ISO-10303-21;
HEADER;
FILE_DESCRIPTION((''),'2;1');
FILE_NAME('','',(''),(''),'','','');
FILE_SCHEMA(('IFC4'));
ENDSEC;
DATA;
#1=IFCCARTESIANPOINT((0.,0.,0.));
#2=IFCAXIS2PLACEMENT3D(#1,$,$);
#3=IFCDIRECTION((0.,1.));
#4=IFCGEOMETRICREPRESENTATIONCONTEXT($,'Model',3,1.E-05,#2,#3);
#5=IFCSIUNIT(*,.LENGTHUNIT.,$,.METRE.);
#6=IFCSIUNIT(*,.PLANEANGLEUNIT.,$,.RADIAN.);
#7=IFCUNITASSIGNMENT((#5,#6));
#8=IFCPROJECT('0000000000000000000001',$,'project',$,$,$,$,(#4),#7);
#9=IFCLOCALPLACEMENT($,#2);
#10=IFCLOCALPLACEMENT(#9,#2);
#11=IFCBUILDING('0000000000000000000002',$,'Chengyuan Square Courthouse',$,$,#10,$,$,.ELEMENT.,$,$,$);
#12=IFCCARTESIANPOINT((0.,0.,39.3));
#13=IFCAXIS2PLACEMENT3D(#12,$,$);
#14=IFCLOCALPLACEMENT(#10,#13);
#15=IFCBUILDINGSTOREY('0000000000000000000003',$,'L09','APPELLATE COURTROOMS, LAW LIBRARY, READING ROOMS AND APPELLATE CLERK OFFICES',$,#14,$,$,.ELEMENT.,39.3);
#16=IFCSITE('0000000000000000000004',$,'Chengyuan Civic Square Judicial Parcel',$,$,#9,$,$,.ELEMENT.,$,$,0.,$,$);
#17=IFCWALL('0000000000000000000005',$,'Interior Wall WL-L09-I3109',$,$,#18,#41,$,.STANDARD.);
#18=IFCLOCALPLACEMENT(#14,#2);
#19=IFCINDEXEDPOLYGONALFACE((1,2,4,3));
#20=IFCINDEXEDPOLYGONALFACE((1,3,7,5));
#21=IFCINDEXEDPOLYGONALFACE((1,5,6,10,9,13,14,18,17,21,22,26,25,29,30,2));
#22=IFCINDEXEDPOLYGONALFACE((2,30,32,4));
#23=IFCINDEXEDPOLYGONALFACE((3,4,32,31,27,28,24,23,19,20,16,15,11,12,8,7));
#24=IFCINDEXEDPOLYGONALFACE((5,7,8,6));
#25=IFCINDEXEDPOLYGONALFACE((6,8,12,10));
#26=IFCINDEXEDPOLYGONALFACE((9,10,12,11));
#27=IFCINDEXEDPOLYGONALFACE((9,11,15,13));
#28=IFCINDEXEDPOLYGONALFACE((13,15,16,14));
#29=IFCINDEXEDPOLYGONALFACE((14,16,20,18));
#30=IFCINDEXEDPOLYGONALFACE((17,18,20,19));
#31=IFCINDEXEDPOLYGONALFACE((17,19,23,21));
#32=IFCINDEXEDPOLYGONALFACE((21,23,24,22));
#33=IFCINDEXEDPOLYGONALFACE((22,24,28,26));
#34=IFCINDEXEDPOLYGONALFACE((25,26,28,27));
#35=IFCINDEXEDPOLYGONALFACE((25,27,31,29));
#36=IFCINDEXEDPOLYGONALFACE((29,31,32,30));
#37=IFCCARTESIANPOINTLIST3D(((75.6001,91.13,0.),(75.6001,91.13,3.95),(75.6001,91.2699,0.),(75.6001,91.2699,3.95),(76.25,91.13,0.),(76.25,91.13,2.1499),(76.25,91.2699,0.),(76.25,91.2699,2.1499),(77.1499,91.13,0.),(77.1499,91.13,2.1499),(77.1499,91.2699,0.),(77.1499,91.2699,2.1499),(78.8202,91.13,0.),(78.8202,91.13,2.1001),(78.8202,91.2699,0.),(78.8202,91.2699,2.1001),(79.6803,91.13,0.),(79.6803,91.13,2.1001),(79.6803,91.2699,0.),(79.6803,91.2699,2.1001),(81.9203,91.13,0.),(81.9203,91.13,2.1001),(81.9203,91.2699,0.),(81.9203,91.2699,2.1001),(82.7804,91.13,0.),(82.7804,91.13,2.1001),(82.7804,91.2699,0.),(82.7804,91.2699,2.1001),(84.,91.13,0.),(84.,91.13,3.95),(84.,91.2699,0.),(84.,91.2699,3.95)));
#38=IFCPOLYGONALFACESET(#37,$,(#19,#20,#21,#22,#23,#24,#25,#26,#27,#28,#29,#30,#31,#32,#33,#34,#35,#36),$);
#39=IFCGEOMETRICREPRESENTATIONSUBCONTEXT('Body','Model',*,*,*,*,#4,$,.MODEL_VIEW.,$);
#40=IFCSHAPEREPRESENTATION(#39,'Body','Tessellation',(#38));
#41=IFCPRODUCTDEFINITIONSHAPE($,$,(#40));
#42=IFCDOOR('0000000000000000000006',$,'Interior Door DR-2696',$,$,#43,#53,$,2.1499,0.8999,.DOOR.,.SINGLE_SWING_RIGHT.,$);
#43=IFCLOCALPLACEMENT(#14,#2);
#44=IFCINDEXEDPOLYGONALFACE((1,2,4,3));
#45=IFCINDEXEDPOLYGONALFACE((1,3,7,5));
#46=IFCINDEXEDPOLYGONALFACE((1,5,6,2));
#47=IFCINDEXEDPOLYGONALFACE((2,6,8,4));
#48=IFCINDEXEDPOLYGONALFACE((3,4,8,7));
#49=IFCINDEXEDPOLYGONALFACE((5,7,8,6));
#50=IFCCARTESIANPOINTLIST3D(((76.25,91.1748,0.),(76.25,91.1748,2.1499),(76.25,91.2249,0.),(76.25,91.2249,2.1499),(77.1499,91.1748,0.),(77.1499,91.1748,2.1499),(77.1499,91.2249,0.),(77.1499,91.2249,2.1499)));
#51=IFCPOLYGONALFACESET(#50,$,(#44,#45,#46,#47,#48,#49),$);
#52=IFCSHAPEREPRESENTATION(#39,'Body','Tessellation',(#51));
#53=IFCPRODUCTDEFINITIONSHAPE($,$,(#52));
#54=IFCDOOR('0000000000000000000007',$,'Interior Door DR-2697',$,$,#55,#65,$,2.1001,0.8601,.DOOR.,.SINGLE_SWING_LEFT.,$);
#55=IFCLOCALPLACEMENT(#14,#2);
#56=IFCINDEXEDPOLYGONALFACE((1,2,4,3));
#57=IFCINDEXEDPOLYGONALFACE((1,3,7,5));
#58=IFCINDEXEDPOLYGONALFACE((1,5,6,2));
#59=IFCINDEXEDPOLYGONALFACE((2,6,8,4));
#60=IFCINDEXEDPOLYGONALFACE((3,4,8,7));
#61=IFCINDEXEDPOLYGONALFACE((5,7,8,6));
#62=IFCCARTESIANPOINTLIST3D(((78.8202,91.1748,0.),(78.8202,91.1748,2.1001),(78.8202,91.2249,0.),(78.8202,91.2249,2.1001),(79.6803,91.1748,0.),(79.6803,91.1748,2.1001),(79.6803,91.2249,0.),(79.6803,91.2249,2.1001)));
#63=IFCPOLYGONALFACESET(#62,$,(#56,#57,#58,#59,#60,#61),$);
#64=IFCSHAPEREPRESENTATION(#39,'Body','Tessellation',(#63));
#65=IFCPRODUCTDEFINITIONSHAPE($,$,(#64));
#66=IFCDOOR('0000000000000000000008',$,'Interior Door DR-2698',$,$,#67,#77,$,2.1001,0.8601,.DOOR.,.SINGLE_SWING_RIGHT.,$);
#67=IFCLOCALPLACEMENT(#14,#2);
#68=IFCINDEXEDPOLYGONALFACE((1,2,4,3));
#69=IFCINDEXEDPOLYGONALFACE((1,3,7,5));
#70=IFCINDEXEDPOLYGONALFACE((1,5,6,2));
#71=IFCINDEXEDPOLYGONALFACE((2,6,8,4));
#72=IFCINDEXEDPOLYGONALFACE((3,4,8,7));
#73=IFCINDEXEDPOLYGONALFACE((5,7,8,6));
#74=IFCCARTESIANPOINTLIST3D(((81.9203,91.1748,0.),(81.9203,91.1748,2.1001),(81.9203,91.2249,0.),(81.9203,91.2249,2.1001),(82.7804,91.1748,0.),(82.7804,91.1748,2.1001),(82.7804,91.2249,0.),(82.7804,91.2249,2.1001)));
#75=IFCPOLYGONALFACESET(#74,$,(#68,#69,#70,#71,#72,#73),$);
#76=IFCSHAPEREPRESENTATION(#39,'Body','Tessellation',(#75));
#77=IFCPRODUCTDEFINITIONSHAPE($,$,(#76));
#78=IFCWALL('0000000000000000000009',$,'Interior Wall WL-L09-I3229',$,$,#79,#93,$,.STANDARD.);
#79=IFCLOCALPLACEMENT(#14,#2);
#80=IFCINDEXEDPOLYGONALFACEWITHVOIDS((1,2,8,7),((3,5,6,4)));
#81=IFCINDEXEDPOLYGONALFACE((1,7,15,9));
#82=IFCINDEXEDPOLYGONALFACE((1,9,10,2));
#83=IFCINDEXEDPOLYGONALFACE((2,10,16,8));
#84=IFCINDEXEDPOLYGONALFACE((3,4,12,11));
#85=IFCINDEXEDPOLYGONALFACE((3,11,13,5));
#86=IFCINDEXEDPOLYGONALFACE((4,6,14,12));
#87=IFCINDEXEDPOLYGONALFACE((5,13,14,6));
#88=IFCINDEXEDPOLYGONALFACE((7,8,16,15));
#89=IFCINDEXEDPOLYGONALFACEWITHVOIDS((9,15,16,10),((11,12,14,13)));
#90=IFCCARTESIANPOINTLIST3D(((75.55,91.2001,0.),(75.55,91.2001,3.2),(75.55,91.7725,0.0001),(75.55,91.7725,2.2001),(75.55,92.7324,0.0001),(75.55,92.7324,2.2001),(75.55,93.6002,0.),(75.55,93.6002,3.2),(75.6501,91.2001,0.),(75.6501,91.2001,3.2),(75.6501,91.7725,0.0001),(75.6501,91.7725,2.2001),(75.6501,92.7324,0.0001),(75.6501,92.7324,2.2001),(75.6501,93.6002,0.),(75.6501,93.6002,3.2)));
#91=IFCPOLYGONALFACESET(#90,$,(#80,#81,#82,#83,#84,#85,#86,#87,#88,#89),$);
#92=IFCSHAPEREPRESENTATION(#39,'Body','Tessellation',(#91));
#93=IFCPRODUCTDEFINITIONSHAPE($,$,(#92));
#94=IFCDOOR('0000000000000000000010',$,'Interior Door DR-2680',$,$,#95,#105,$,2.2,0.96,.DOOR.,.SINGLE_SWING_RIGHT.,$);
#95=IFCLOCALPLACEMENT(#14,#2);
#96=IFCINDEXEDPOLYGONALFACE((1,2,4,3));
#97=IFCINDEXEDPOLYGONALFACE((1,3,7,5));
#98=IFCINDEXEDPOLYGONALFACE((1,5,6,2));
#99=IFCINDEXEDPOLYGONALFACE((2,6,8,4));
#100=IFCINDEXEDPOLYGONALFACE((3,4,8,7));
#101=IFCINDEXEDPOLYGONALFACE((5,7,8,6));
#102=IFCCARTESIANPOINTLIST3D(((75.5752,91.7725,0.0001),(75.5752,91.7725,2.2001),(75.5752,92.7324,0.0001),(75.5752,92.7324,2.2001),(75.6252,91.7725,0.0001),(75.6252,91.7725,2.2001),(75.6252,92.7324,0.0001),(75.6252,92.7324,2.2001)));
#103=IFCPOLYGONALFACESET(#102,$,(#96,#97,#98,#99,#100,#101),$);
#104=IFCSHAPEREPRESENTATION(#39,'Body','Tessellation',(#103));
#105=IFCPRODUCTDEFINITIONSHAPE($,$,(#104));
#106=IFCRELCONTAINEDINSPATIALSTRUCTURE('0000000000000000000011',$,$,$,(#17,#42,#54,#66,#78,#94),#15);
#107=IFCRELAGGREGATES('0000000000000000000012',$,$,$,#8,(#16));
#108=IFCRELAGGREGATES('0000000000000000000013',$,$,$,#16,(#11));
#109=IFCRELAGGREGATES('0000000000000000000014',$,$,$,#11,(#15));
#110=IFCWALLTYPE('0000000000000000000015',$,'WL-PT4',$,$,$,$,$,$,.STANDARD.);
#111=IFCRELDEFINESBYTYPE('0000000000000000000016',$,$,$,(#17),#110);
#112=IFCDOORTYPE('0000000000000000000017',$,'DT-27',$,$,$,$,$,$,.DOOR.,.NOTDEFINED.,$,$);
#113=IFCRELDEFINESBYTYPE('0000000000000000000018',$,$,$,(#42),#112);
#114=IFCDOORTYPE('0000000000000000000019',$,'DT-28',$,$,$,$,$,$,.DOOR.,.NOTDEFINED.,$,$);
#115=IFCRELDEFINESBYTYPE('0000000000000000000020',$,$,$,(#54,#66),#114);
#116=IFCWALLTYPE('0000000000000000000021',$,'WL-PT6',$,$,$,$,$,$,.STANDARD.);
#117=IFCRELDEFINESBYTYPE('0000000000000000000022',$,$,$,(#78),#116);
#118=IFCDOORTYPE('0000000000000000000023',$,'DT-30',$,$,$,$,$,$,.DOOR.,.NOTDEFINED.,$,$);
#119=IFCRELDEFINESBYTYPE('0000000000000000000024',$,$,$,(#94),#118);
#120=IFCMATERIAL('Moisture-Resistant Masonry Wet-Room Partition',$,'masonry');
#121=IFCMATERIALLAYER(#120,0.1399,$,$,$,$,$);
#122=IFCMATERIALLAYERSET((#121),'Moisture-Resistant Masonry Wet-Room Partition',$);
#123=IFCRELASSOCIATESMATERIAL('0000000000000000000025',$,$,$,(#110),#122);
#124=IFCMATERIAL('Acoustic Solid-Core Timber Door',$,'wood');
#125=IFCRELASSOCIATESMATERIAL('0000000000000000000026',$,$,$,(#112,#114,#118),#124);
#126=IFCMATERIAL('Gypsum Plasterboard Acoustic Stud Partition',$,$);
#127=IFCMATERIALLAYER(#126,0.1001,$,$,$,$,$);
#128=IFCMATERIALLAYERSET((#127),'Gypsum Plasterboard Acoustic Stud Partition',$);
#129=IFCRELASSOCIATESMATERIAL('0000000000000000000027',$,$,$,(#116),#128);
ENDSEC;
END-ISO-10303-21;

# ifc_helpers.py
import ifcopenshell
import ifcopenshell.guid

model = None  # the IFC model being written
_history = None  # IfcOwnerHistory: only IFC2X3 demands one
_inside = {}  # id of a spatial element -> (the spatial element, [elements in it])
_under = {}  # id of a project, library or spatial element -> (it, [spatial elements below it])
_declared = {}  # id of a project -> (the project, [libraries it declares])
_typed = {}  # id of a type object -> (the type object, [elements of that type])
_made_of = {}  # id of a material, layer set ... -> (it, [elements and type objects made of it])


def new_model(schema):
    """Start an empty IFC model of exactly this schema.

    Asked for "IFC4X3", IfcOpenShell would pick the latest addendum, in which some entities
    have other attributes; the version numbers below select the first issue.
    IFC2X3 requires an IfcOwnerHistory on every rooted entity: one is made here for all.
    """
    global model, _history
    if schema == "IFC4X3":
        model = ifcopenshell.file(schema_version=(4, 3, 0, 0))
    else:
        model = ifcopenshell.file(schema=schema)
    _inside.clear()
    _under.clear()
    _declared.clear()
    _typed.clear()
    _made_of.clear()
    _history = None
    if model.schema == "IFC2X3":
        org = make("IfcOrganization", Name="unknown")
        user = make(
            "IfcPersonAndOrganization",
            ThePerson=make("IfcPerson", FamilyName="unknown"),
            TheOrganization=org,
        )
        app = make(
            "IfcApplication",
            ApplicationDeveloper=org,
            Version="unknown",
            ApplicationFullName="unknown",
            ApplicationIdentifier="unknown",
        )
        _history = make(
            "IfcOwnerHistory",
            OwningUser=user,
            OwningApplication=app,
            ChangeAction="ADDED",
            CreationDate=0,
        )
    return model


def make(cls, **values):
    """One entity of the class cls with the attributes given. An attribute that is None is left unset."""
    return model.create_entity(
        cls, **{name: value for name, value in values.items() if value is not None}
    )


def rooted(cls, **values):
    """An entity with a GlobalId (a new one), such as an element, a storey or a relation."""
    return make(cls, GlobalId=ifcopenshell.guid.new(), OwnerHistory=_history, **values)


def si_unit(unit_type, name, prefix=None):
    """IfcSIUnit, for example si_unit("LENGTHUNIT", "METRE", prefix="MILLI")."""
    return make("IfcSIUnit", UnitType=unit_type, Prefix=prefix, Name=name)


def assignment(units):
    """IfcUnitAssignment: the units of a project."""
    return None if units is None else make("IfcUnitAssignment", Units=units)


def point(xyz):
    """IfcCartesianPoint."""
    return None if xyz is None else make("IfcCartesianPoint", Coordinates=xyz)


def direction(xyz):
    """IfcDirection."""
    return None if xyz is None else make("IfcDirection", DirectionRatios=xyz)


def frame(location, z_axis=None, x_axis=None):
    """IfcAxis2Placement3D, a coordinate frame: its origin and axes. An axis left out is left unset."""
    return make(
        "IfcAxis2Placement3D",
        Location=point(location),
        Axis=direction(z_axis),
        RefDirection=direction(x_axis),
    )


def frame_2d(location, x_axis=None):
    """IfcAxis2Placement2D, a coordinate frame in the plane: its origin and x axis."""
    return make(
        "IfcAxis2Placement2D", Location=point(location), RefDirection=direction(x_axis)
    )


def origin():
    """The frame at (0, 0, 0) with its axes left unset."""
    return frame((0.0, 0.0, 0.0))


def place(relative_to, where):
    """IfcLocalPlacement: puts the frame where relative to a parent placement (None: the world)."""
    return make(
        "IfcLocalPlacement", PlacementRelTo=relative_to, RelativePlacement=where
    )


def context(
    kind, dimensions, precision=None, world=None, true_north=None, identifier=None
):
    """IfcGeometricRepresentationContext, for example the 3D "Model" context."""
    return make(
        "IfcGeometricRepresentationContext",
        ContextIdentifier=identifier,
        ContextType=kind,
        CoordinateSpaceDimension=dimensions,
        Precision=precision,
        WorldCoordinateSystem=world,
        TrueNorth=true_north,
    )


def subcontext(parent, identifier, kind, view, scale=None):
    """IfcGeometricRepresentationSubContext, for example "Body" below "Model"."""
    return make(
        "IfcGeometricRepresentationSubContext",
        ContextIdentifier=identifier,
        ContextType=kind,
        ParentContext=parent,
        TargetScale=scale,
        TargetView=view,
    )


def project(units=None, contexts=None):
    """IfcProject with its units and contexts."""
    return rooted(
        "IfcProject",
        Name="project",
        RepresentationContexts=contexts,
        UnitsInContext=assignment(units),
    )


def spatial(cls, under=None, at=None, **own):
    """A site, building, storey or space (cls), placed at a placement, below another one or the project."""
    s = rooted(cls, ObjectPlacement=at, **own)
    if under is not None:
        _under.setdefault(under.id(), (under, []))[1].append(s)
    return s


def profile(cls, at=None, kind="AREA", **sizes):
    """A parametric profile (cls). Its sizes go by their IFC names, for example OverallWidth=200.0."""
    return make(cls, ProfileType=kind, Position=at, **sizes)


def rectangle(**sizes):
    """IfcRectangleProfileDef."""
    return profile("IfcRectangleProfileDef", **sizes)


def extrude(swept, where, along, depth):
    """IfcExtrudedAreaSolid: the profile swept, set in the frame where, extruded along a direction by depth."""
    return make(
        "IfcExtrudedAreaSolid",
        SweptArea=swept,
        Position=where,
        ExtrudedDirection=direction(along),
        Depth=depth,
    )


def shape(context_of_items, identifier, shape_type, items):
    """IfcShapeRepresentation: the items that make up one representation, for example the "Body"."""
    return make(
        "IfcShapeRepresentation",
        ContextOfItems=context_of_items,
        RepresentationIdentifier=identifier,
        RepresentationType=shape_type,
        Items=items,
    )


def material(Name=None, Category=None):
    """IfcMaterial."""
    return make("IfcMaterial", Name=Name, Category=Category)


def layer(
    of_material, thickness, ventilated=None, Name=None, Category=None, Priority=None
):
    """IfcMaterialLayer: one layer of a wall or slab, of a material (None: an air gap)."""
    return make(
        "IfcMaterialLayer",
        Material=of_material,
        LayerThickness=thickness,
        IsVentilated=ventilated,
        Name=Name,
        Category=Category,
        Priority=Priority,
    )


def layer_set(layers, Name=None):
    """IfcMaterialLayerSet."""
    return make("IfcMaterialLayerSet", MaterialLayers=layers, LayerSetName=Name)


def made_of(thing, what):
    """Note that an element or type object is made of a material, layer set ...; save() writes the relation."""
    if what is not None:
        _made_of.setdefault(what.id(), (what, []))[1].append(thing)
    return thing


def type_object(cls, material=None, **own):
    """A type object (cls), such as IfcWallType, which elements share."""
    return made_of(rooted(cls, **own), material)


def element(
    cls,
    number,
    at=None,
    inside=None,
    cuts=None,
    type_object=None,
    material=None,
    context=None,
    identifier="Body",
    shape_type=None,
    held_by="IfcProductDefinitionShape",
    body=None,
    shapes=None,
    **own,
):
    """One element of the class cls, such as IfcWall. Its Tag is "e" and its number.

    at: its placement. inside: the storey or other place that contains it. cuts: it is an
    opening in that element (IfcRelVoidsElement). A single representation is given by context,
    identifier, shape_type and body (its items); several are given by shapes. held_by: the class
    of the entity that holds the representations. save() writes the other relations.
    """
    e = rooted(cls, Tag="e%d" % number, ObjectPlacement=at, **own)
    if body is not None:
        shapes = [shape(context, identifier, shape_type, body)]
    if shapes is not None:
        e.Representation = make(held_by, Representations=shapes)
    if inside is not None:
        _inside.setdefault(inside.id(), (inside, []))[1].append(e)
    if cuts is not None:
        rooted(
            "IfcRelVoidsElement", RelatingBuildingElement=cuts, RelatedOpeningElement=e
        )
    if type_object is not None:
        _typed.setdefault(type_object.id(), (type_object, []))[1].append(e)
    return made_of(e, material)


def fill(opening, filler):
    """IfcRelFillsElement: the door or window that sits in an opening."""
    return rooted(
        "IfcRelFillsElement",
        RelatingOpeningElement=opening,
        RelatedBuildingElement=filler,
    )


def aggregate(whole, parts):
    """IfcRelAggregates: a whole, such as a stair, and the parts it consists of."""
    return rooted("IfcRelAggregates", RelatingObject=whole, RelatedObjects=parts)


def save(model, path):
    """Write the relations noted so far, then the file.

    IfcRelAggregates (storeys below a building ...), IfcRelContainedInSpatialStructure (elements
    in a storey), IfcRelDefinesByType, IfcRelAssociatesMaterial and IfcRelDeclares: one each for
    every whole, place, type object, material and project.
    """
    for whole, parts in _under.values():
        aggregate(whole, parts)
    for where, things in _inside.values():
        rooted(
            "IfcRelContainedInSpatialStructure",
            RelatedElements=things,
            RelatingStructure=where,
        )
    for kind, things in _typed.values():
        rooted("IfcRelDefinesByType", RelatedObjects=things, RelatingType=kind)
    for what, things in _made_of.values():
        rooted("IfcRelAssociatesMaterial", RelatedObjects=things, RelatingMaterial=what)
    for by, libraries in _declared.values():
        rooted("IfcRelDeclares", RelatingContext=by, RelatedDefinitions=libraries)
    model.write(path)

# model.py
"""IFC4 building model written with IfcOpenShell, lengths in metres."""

from ifc_helpers import new_model, si_unit, direction, frame, frame_2d, origin, place, context, subcontext, project, spatial, rectangle, extrude, material, layer, layer_set, type_object, element, fill, save


model = new_model("IFC4")

# Units and contexts
model_context = context("Model", 3, precision=1e-05, world=origin(), true_north=direction((0.0, 1.0)))
body_context = subcontext(model_context, "Body", "Model", "MODEL_VIEW")
ifc_project = project(units=[si_unit("LENGTHUNIT", "METRE"), si_unit("PLANEANGLEUNIT", "RADIAN")], contexts=[model_context])

# Site, building, storey
site_placement = place(None, origin())
site = spatial("IfcSite", under=ifc_project, at=site_placement, Name="Chengyuan Civic Square Judicial Parcel", CompositionType="ELEMENT", RefElevation=0.0)
building_placement = place(site_placement, origin())
building = spatial("IfcBuilding", under=site, at=building_placement, Name="Chengyuan Square Courthouse", CompositionType="ELEMENT")
storey_placement = place(building_placement, frame((0.0, 0.0, 39.3)))
storey = spatial("IfcBuildingStorey", under=building, at=storey_placement, Name="L09", Description="APPELLATE COURTROOMS, LAW LIBRARY, READING ROOMS AND APPELLATE CLERK OFFICES", CompositionType="ELEMENT", Elevation=39.3)

# Shared definitions
ifc_material_1 = material(Name="Acoustic Solid-Core Timber Door", Category="wood")

# Wall, openings, doors
ifc_material_2 = material(Name="Moisture-Resistant Masonry Wet-Room Partition", Category="masonry")
ifc_layer_1 = layer(ifc_material_2, 0.1399)
ifc_layer_set_1 = layer_set([ifc_layer_1], Name="Moisture-Resistant Masonry Wet-Room Partition")
wall_type_1 = type_object("IfcWallType", Name="WL-PT4", PredefinedType="STANDARD", material=ifc_layer_set_1)
wall_1_placement = place(storey_placement, frame((75.6001, 91.2, 0.0), z_axis=(0.0, 0.0, 1.0), x_axis=(1.0, 0.0, 0.0)))
wall_1 = element("IfcWall", 1, at=wall_1_placement, inside=storey, type_object=wall_type_1, Name="Interior Wall WL-L09-I3109", PredefinedType="STANDARD", context=body_context, shape_type="SweptSolid", body=[
    extrude(rectangle(XDim=8.3999, YDim=0.1399, at=frame_2d((4.2, 0.0))), origin(), (0.0, 0.0, 1.0), 3.95),
])
opening_1_placement = place(wall_1_placement, frame((0.6499, 0.0, 0.0)))
opening_1 = element("IfcOpeningElement", 2, at=opening_1_placement, cuts=wall_1, PredefinedType="OPENING", context=body_context, shape_type="SweptSolid", body=[
    extrude(rectangle(XDim=0.8999, YDim=2.1499, at=frame_2d((0.45, 1.075))), frame((0.0, 0.082, 0.0), z_axis=(0.0, -1.0, 0.0), x_axis=(1.0, 0.0, 0.0)), (0.0, 0.0, 1.0), 0.1638),
])
opening_2_placement = place(wall_1_placement, frame((3.22, 0.0, 0.0)))
opening_2 = element("IfcOpeningElement", 3, at=opening_2_placement, cuts=wall_1, PredefinedType="OPENING", context=body_context, shape_type="SweptSolid", body=[
    extrude(rectangle(XDim=0.8601, YDim=2.1001, at=frame_2d((0.4302, 1.05))), frame((0.0, 0.082, 0.0), z_axis=(0.0, -1.0, 0.0), x_axis=(1.0, 0.0, 0.0)), (0.0, 0.0, 1.0), 0.1638),
])
opening_3_placement = place(wall_1_placement, frame((6.3201, 0.0, 0.0)))
opening_3 = element("IfcOpeningElement", 4, at=opening_3_placement, cuts=wall_1, PredefinedType="OPENING", context=body_context, shape_type="SweptSolid", body=[
    extrude(rectangle(XDim=0.8601, YDim=2.1001, at=frame_2d((0.4302, 1.05))), frame((0.0, 0.082, 0.0), z_axis=(0.0, -1.0, 0.0), x_axis=(1.0, 0.0, 0.0)), (0.0, 0.0, 1.0), 0.1638),
])
door_type_1 = type_object("IfcDoorType", Name="DT-27", OperationType="NOTDEFINED", PredefinedType="DOOR", material=ifc_material_1)
door_1_placement = place(opening_1_placement, origin())
door_1 = element("IfcDoor", 5, at=door_1_placement, inside=storey, type_object=door_type_1, Name="Interior Door DR-2696", OperationType="SINGLE_SWING_RIGHT", OverallHeight=2.1499, OverallWidth=0.8999, PredefinedType="DOOR", context=body_context, shape_type="SweptSolid", body=[
    extrude(rectangle(XDim=0.8999, YDim=2.1499, at=frame_2d((0.45, 1.075))), frame((0.0, 0.0249, 0.0), z_axis=(0.0, -1.0, 0.0), x_axis=(1.0, 0.0, 0.0)), (0.0, 0.0, 1.0), 0.05),
])
fill(opening_1, door_1)
door_type_2 = type_object("IfcDoorType", Name="DT-28", OperationType="NOTDEFINED", PredefinedType="DOOR", material=ifc_material_1)
door_2_placement = place(opening_2_placement, origin())
door_2 = element("IfcDoor", 6, at=door_2_placement, inside=storey, type_object=door_type_2, Name="Interior Door DR-2697", OperationType="SINGLE_SWING_LEFT", OverallHeight=2.1001, OverallWidth=0.8601, PredefinedType="DOOR", context=body_context, shape_type="SweptSolid", body=[
    extrude(rectangle(XDim=0.8601, YDim=2.1001, at=frame_2d((0.4302, 1.05))), frame((0.0, 0.0249, 0.0), z_axis=(0.0, -1.0, 0.0), x_axis=(1.0, 0.0, 0.0)), (0.0, 0.0, 1.0), 0.05),
])
fill(opening_2, door_2)
door_3_placement = place(opening_3_placement, origin())
door_3 = element("IfcDoor", 7, at=door_3_placement, inside=storey, type_object=door_type_2, Name="Interior Door DR-2698", OperationType="SINGLE_SWING_RIGHT", OverallHeight=2.1001, OverallWidth=0.8601, PredefinedType="DOOR", context=body_context, shape_type="SweptSolid", body=[
    extrude(rectangle(XDim=0.8601, YDim=2.1001, at=frame_2d((0.4302, 1.05))), frame((0.0, 0.0249, 0.0), z_axis=(0.0, -1.0, 0.0), x_axis=(1.0, 0.0, 0.0)), (0.0, 0.0, 1.0), 0.05),
])
fill(opening_3, door_3)

# Wall, opening, door
ifc_material_3 = material(Name="Gypsum Plasterboard Acoustic Stud Partition")
ifc_layer_2 = layer(ifc_material_3, 0.1001)
ifc_layer_set_2 = layer_set([ifc_layer_2], Name="Gypsum Plasterboard Acoustic Stud Partition")
wall_type_2 = type_object("IfcWallType", Name="WL-PT6", PredefinedType="STANDARD", material=ifc_layer_set_2)
wall_2_placement = place(storey_placement, frame((75.6001, 91.2, 0.0), z_axis=(0.0, 0.0, 1.0), x_axis=(0.0, 1.0, 0.0)))
wall_2 = element("IfcWall", 8, at=wall_2_placement, inside=storey, type_object=wall_type_2, Name="Interior Wall WL-L09-I3229", PredefinedType="STANDARD", context=body_context, shape_type="SweptSolid", body=[
    extrude(rectangle(XDim=2.4001, YDim=0.1001, at=frame_2d((1.2002, 0.0))), origin(), (0.0, 0.0, 1.0), 3.2),
])
opening_4_placement = place(wall_2_placement, frame((0.5725, 0.0, 0.0)))
opening_4 = element("IfcOpeningElement", 9, at=opening_4_placement, cuts=wall_2, PredefinedType="OPENING", context=body_context, shape_type="SweptSolid", body=[
    extrude(rectangle(XDim=0.96, YDim=2.2, at=frame_2d((0.48, 1.1001))), frame((0.0, 0.062, 0.0), z_axis=(0.0, -1.0, 0.0), x_axis=(1.0, 0.0, 0.0)), (0.0, 0.0, 1.0), 0.124),
])
door_type_3 = type_object("IfcDoorType", Name="DT-30", OperationType="NOTDEFINED", PredefinedType="DOOR", material=ifc_material_1)
door_4_placement = place(opening_4_placement, origin())
door_4 = element("IfcDoor", 10, at=door_4_placement, inside=storey, type_object=door_type_3, Name="Interior Door DR-2680", OperationType="SINGLE_SWING_RIGHT", OverallHeight=2.2, OverallWidth=0.96, PredefinedType="DOOR", context=body_context, shape_type="SweptSolid", body=[
    extrude(rectangle(XDim=0.96, YDim=2.2, at=frame_2d((0.48, 1.1001))), frame((0.0, 0.0249, 0.0), z_axis=(0.0, -1.0, 0.0), x_axis=(1.0, 0.0, 0.0)), (0.0, 0.0, 1.0), 0.05),
])
fill(opening_4, door_4)

save(model, "model.ifc")
